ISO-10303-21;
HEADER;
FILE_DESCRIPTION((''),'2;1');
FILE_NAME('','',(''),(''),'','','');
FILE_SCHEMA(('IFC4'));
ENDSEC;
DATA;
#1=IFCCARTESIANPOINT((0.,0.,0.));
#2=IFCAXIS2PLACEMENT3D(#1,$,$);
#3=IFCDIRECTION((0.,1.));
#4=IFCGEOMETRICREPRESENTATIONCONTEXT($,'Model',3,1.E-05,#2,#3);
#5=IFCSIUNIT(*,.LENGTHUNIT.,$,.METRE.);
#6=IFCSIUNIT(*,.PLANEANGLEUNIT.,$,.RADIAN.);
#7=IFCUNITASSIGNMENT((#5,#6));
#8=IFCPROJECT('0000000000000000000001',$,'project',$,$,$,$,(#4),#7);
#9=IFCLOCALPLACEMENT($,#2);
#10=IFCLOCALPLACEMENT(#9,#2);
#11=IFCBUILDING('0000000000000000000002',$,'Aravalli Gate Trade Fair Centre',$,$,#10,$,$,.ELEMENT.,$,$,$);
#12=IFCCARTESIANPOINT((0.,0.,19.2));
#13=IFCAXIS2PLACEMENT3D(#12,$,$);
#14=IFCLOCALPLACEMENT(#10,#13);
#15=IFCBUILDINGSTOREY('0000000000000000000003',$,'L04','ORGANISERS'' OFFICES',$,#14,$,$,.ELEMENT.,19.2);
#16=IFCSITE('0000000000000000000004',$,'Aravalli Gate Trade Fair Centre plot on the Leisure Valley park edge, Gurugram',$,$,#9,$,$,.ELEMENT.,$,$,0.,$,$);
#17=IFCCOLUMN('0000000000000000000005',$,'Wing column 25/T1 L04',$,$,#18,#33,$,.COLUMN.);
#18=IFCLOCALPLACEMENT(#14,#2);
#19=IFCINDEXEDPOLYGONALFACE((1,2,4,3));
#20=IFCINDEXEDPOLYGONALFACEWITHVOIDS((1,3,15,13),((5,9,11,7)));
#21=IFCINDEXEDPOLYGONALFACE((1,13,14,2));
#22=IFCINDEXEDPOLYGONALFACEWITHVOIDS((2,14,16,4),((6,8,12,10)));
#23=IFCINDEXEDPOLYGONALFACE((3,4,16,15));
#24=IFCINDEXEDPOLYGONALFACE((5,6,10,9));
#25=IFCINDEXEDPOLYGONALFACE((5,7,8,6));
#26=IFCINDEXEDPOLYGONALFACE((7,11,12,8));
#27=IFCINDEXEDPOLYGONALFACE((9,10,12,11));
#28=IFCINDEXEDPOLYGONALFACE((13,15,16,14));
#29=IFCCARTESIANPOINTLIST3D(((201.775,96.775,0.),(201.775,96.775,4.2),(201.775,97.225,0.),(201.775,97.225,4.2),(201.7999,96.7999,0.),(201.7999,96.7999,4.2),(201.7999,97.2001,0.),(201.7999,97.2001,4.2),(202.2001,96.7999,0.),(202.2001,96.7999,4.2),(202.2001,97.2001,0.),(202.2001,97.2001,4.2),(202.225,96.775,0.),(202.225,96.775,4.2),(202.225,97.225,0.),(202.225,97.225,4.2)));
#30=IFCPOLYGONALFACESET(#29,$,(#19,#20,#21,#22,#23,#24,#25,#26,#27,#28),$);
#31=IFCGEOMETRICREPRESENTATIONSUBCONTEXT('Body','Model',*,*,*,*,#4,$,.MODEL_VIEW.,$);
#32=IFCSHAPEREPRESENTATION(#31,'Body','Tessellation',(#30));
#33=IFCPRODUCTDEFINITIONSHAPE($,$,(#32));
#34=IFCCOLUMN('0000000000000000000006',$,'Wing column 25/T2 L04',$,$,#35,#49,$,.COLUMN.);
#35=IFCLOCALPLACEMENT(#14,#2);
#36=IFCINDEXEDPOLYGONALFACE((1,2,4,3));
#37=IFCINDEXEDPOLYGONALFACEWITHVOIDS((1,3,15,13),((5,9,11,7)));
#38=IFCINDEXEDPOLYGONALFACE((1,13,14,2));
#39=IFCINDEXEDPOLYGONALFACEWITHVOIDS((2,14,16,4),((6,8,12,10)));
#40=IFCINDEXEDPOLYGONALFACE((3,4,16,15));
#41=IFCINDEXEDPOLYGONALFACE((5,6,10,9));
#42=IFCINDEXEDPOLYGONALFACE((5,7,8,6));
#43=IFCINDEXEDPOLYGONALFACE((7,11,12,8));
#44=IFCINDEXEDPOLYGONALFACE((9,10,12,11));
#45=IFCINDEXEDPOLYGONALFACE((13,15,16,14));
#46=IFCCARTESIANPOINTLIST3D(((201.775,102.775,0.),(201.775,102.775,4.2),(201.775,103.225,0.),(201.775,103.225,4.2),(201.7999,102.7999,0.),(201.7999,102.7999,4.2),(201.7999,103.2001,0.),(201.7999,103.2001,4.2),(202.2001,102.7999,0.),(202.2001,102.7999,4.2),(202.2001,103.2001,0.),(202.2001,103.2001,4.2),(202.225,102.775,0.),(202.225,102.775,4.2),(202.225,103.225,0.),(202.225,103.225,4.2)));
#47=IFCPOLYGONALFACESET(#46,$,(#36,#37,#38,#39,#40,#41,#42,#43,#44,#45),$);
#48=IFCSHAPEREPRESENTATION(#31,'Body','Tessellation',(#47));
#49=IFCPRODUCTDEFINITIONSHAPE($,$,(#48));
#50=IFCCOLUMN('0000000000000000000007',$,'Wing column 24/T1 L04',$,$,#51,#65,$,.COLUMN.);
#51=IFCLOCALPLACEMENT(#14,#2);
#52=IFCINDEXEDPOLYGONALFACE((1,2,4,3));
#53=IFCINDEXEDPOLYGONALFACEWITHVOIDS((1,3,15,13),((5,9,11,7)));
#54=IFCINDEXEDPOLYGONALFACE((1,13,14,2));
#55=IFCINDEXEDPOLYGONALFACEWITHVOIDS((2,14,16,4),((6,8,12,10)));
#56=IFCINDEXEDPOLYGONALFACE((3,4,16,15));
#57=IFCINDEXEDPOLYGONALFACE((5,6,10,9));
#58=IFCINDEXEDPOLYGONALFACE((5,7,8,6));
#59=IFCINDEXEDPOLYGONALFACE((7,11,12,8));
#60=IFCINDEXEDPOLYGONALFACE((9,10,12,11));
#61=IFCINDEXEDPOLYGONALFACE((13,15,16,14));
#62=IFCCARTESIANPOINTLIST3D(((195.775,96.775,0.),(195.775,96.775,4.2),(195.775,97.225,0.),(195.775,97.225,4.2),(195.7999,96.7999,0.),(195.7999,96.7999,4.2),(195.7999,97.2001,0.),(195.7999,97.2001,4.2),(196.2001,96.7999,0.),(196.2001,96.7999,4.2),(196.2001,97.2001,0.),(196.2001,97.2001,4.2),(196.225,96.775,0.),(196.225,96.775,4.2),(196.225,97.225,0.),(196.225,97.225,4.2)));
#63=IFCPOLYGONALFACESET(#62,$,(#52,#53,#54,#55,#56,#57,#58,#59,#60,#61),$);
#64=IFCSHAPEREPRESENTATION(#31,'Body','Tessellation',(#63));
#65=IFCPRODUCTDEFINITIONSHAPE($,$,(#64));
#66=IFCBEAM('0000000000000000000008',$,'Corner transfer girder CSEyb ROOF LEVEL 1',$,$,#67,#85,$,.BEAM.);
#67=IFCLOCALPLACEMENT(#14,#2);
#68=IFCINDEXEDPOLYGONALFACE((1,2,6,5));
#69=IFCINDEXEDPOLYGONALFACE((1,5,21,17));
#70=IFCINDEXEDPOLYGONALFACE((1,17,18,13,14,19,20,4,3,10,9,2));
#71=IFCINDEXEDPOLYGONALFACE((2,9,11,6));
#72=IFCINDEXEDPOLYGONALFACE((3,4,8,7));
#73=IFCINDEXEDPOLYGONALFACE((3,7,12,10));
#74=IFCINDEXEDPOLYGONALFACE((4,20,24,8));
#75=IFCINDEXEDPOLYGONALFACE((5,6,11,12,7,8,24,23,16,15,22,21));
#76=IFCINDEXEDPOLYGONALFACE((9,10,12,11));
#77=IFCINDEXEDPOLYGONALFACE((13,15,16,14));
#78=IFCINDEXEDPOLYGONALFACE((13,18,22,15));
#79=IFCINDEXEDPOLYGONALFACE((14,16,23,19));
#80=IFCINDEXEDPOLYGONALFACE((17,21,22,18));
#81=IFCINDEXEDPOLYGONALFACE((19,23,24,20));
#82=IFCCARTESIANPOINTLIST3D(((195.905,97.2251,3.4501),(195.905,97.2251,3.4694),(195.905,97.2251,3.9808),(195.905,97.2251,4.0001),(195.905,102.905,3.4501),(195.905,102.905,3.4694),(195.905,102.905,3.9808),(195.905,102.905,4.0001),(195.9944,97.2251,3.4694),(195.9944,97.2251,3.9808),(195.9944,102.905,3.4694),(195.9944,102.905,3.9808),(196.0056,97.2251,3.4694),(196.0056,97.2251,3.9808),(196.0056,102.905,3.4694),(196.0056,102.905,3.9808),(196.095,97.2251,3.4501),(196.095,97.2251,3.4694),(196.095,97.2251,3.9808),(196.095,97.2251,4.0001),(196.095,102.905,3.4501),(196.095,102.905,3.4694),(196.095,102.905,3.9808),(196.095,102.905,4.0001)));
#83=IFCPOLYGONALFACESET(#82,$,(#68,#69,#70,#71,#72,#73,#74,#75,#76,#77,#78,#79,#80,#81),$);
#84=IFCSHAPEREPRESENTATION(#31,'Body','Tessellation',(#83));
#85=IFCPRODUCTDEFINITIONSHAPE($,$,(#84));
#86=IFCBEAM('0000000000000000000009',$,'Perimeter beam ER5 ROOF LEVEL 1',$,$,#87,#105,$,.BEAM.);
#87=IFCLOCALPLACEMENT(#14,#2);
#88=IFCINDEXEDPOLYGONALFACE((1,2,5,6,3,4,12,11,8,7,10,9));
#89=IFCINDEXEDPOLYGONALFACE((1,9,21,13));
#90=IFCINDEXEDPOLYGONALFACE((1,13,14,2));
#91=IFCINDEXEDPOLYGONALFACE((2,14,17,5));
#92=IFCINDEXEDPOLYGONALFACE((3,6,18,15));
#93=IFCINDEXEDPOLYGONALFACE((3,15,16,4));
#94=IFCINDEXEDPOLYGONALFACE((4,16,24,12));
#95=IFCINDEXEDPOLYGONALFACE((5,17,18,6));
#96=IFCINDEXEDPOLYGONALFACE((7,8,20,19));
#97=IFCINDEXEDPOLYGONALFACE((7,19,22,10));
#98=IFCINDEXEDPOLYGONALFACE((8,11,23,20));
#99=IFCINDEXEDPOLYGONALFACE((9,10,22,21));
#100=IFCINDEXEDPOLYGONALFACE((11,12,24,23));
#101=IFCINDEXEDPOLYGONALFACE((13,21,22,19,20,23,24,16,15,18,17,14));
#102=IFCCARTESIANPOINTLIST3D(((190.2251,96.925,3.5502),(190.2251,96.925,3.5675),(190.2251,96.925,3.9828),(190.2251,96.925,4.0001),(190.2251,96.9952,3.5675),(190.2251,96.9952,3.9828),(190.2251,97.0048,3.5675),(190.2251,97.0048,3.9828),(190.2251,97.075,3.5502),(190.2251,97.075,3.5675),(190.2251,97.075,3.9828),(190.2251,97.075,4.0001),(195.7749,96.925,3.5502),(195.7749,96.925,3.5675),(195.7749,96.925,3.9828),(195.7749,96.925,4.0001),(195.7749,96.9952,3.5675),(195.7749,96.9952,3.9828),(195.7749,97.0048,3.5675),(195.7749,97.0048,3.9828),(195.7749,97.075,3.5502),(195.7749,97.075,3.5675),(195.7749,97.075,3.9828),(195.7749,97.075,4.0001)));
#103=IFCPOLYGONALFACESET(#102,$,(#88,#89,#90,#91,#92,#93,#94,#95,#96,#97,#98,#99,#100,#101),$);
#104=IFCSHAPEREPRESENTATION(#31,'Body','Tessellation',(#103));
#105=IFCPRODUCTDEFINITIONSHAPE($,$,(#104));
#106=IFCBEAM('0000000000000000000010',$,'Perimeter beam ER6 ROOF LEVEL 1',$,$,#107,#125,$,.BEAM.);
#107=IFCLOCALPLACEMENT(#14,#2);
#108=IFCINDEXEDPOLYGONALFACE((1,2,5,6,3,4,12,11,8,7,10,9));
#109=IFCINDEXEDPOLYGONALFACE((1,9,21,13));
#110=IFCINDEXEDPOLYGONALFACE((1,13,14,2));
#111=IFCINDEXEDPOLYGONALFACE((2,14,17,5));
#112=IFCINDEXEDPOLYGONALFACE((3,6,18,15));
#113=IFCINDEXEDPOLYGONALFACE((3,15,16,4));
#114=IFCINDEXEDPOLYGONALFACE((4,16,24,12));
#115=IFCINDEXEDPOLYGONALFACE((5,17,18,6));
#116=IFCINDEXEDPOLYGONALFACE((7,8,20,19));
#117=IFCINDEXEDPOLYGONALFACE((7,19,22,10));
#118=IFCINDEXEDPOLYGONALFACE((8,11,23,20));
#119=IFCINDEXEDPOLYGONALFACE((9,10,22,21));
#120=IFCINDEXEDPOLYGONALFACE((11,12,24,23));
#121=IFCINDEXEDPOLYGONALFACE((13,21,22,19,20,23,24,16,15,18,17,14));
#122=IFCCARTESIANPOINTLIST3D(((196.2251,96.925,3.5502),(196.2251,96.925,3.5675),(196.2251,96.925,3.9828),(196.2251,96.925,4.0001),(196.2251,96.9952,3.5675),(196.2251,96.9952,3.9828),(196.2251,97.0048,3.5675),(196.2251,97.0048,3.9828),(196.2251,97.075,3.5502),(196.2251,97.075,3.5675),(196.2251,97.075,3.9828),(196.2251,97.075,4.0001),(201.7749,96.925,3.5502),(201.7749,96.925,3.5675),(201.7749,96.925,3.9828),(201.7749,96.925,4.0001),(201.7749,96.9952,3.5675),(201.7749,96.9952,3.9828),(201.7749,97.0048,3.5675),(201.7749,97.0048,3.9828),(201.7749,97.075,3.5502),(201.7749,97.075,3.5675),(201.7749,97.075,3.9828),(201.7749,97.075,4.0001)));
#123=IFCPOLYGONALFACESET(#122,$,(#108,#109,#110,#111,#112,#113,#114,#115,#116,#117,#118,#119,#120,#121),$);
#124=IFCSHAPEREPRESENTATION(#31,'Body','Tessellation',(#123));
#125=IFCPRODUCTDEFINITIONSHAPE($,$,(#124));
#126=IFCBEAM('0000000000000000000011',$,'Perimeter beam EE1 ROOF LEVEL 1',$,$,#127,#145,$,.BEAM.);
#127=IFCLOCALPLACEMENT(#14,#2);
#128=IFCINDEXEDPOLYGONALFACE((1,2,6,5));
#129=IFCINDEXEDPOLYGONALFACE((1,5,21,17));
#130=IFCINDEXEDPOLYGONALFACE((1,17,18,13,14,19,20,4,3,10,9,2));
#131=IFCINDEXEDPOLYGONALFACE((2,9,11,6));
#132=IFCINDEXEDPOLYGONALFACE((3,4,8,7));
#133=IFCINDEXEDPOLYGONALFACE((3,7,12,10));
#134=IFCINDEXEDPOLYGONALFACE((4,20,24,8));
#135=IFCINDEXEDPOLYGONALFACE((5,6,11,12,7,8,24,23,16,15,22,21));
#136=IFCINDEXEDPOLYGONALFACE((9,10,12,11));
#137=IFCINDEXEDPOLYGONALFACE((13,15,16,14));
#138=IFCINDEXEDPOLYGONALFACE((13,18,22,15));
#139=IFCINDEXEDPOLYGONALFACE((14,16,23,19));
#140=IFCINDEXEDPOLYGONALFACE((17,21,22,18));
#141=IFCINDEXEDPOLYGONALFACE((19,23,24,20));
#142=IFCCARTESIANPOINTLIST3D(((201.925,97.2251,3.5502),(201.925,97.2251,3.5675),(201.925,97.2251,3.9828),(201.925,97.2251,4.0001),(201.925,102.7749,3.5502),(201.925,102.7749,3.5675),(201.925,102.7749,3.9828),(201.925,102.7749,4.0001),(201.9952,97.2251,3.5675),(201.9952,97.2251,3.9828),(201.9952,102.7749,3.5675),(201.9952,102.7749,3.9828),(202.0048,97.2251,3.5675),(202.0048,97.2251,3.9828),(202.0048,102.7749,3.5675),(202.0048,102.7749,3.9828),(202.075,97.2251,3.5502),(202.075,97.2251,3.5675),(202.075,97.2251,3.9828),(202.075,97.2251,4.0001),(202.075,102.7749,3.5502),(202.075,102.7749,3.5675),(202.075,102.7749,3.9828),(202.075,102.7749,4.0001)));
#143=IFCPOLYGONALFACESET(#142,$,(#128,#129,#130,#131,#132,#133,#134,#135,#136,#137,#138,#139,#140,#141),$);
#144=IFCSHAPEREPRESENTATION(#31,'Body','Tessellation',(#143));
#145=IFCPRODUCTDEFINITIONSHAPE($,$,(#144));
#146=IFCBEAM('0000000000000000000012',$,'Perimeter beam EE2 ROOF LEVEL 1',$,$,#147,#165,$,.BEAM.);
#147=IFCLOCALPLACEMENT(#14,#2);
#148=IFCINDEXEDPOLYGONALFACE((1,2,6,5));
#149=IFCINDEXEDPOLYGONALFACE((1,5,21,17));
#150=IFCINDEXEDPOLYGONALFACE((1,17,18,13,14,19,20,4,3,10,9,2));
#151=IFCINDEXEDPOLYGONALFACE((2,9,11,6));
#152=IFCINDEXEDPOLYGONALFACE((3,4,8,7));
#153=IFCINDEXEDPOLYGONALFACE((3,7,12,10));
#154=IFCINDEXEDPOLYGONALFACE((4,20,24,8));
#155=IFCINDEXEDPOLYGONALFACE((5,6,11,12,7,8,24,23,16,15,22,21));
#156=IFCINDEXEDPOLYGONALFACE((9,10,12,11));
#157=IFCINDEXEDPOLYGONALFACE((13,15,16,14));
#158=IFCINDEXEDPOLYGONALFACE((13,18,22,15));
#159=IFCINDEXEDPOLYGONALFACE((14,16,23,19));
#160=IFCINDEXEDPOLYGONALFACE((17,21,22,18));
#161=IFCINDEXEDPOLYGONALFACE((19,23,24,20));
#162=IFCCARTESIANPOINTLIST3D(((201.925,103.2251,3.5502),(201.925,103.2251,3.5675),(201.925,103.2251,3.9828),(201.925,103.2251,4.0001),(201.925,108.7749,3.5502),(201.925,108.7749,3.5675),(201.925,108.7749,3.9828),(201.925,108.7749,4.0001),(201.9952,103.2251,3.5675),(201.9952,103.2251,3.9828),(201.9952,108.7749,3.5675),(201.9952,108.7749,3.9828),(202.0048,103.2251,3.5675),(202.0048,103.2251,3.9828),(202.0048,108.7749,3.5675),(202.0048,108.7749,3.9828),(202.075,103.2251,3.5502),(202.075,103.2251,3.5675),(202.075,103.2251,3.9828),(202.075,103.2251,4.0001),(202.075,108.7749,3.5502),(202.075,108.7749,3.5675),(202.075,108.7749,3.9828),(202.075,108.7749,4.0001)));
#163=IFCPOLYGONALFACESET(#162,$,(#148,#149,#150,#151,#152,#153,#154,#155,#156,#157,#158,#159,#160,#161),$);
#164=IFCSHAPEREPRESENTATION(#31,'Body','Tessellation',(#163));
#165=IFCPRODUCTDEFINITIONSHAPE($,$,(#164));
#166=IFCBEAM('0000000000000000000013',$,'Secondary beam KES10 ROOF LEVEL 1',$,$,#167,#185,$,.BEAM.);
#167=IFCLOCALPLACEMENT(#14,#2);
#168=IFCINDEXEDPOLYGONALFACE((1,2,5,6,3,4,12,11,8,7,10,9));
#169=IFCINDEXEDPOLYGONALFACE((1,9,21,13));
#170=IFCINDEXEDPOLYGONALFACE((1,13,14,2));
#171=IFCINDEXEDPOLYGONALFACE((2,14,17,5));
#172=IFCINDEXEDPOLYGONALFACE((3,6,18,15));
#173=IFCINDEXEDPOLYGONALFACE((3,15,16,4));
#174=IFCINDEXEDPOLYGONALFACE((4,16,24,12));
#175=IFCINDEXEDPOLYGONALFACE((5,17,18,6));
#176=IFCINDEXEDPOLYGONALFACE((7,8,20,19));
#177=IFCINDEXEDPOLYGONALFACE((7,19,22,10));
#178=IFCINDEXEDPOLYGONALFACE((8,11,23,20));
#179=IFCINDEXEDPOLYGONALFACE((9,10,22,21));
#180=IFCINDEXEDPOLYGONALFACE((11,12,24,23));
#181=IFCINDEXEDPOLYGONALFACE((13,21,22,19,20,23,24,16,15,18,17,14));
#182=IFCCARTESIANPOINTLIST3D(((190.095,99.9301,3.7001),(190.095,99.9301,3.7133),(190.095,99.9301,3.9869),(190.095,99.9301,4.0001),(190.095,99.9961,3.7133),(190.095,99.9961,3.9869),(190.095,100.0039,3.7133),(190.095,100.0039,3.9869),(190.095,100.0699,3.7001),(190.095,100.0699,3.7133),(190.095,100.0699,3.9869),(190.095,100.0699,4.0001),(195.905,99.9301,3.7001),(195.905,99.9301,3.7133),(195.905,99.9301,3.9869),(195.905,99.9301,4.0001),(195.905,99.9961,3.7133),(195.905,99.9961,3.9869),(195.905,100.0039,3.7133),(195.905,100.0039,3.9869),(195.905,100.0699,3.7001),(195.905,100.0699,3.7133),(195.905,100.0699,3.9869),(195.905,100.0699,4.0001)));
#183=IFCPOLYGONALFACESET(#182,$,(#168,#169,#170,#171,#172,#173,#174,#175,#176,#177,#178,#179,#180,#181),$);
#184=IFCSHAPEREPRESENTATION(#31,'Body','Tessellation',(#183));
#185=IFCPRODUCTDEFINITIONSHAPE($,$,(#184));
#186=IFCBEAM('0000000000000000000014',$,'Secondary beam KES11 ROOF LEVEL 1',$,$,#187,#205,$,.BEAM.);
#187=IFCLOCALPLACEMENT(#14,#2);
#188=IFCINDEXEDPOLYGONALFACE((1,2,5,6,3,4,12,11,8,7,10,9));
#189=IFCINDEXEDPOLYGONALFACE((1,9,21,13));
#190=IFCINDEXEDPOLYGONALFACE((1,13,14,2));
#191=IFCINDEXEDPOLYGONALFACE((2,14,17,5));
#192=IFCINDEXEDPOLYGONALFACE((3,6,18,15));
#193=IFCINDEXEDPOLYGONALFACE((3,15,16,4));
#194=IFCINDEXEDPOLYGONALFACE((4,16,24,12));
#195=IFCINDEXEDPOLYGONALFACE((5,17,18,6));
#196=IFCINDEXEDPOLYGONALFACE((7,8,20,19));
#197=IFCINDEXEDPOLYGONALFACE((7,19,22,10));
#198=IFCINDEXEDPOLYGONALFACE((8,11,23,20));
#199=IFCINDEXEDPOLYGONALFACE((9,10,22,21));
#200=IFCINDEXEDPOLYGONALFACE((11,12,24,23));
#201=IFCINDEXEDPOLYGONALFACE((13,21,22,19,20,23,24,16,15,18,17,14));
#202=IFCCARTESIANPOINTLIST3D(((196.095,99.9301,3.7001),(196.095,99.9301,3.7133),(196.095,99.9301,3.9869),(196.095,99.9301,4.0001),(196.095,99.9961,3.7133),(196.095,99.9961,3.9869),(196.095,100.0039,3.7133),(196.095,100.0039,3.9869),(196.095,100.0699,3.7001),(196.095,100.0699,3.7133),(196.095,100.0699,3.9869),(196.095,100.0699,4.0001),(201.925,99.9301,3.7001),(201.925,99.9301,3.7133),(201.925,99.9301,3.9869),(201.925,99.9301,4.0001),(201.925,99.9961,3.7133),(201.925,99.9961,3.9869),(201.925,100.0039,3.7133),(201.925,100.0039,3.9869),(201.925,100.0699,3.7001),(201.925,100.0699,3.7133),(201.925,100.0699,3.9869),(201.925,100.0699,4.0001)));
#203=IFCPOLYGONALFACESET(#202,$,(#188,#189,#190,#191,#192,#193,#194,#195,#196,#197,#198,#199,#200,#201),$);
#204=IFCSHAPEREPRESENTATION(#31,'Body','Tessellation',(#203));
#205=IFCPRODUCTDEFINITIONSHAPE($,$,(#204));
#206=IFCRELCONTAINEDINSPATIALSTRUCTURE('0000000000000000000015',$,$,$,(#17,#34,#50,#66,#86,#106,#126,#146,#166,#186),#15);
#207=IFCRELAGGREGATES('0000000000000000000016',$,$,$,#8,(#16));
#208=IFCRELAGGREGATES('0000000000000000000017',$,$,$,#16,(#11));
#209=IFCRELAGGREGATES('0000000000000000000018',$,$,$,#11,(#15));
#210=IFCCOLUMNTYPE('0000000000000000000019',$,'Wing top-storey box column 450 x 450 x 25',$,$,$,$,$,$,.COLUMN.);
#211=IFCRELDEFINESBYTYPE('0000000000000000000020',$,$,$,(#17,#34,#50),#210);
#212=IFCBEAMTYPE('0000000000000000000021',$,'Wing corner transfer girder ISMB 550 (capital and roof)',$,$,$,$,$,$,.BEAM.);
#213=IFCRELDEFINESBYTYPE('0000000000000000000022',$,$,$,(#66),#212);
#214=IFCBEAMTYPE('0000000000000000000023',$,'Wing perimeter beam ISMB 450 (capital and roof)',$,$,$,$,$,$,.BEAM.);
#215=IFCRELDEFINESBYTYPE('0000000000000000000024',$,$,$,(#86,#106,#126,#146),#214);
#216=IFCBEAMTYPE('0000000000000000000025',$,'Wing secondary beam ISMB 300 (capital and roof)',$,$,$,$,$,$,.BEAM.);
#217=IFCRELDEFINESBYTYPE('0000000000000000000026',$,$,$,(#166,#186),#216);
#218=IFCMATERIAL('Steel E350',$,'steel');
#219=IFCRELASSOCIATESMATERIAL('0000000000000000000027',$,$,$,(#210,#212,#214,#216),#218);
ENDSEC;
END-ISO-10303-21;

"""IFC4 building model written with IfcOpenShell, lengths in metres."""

from ifc_helpers import new_model, si_unit, direction, frame, origin, origin_2d, place, context, subcontext, project, spatial, hollow_rectangle, i_section, extrude, material, material_profile, profile_set, type_object, element, save


model = new_model("IFC4")

# Units and contexts
model_context = context("Model", 3, precision=1e-05, world=origin(), true_north=direction((0.0, 1.0)))
body_context = subcontext(model_context, "Body", "Model", "MODEL_VIEW")
ifc_project = project(units=[si_unit("LENGTHUNIT", "METRE"), si_unit("PLANEANGLEUNIT", "RADIAN")], contexts=[model_context])

# Site, building, storey
site_placement = place(None, origin())
site = spatial("IfcSite", under=ifc_project, at=site_placement, Name="Aravalli Gate Trade Fair Centre plot on the Leisure Valley park edge, Gurugram", CompositionType="ELEMENT", RefElevation=0.0)
building_placement = place(site_placement, origin())
building = spatial("IfcBuilding", under=site, at=building_placement, Name="Aravalli Gate Trade Fair Centre", CompositionType="ELEMENT")
storey_placement = place(building_placement, frame((0.0, 0.0, 19.2)))
storey = spatial("IfcBuildingStorey", under=building, at=storey_placement, Name="L04", Description="ORGANISERS' OFFICES", CompositionType="ELEMENT", Elevation=19.2)

# Columns
ifc_material_1 = material(Name="Steel E350", Category="steel")
ifc_material_profile_1 = material_profile(ifc_material_1, hollow_rectangle(XDim=0.45, YDim=0.45, WallThickness=0.0249, at=origin_2d()), Name="BOX 450x450x25")
ifc_profile_set_1 = profile_set([ifc_material_profile_1], Name="Steel E350")
column_type = type_object("IfcColumnType", Name="Wing top-storey box column 450 x 450 x 25", PredefinedType="COLUMN", material=ifc_profile_set_1)
for number, where, z_axis, x_axis, name in (
    (1, (202.0, 97.0, 0.0), (0.0, 0.0, 1.0), (1.0, 0.0, 0.0), "Wing column 25/T1 L04"),
    (2, (202.0, 103.0, 0.0), (0.0, 0.0, 1.0), (1.0, 0.0, 0.0), "Wing column 25/T2 L04"),
    (3, (196.0, 97.0, 0.0), (0.0, 0.0, 1.0), (1.0, 0.0, 0.0), "Wing column 24/T1 L04"),
):
    element("IfcColumn", number, at=place(storey_placement, frame(where, z_axis=z_axis, x_axis=x_axis)), inside=storey, type_object=column_type, Name=name, PredefinedType="COLUMN", context=body_context, shape_type="SweptSolid", body=[
        extrude(hollow_rectangle(XDim=0.45, YDim=0.45, WallThickness=0.0249, at=origin_2d()), origin(), (0.0, 0.0, 1.0), 4.2),
    ])

# Beams
ifc_material_profile_2 = material_profile(ifc_material_1, i_section(OverallWidth=0.1899, OverallDepth=0.55, WebThickness=0.0112, FlangeThickness=0.0193, at=origin_2d()), Name="ISMB 550")
ifc_profile_set_2 = profile_set([ifc_material_profile_2], Name="Steel E350")
beam_type_1 = type_object("IfcBeamType", Name="Wing corner transfer girder ISMB 550 (capital and roof)", PredefinedType="BEAM", material=ifc_profile_set_2)
beam_1_placement = place(storey_placement, frame((196.0, 97.2251, 3.7251), z_axis=(0.0, 1.0, 0.0), x_axis=(-1.0, 0.0, 0.0)))
element("IfcBeam", 4, at=beam_1_placement, inside=storey, type_object=beam_type_1, Name="Corner transfer girder CSEyb ROOF LEVEL 1", PredefinedType="BEAM", context=body_context, shape_type="SweptSolid", body=[
    extrude(i_section(OverallWidth=0.1899, OverallDepth=0.55, WebThickness=0.0112, FlangeThickness=0.0193, at=origin_2d()), origin(), (0.0, 0.0, 1.0), 5.6799),
])
ifc_material_profile_3 = material_profile(ifc_material_1, i_section(OverallWidth=0.1499, OverallDepth=0.45, WebThickness=0.0095, FlangeThickness=0.0173, at=origin_2d()), Name="ISMB 450")
ifc_profile_set_3 = profile_set([ifc_material_profile_3], Name="Steel E350")
beam_type_2 = type_object("IfcBeamType", Name="Wing perimeter beam ISMB 450 (capital and roof)", PredefinedType="BEAM", material=ifc_profile_set_3)
for number, where, z_axis, x_axis, name in (
    (5, (190.2251, 97.0, 3.7751), (1.0, 0.0, 0.0), (0.0, 1.0, 0.0), "Perimeter beam ER5 ROOF LEVEL 1"),
    (6, (196.2251, 97.0, 3.7751), (1.0, 0.0, 0.0), (0.0, 1.0, 0.0), "Perimeter beam ER6 ROOF LEVEL 1"),
    (7, (202.0, 97.2251, 3.7751), (0.0, 1.0, 0.0), (-1.0, 0.0, 0.0), "Perimeter beam EE1 ROOF LEVEL 1"),
    (8, (202.0, 103.2251, 3.7751), (0.0, 1.0, 0.0), (-1.0, 0.0, 0.0), "Perimeter beam EE2 ROOF LEVEL 1"),
):
    element("IfcBeam", number, at=place(storey_placement, frame(where, z_axis=z_axis, x_axis=x_axis)), inside=storey, type_object=beam_type_2, Name=name, PredefinedType="BEAM", context=body_context, shape_type="SweptSolid", body=[
        extrude(i_section(OverallWidth=0.1499, OverallDepth=0.45, WebThickness=0.0095, FlangeThickness=0.0173, at=origin_2d()), origin(), (0.0, 0.0, 1.0), 5.5498),
    ])
ifc_material_profile_4 = material_profile(ifc_material_1, i_section(OverallWidth=0.1399, OverallDepth=0.3, WebThickness=0.0078, FlangeThickness=0.0132, at=origin_2d()), Name="ISMB 300")
ifc_profile_set_4 = profile_set([ifc_material_profile_4], Name="Steel E350")
beam_type_3 = type_object("IfcBeamType", Name="Wing secondary beam ISMB 300 (capital and roof)", PredefinedType="BEAM", material=ifc_profile_set_4)
beam_2_placement = place(storey_placement, frame((190.095, 100.0, 3.8501), z_axis=(1.0, 0.0, 0.0), x_axis=(0.0, 1.0, 0.0)))
element("IfcBeam", 9, at=beam_2_placement, inside=storey, type_object=beam_type_3, Name="Secondary beam KES10 ROOF LEVEL 1", PredefinedType="BEAM", context=body_context, shape_type="SweptSolid", body=[
    extrude(i_section(OverallWidth=0.1399, OverallDepth=0.3, WebThickness=0.0078, FlangeThickness=0.0132, at=origin_2d()), origin(), (0.0, 0.0, 1.0), 5.8101),
])
beam_3_placement = place(storey_placement, frame((196.095, 100.0, 3.8501), z_axis=(1.0, 0.0, 0.0), x_axis=(0.0, 1.0, 0.0)))
element("IfcBeam", 10, at=beam_3_placement, inside=storey, type_object=beam_type_3, Name="Secondary beam KES11 ROOF LEVEL 1", PredefinedType="BEAM", context=body_context, shape_type="SweptSolid", body=[
    extrude(i_section(OverallWidth=0.1399, OverallDepth=0.3, WebThickness=0.0078, FlangeThickness=0.0132, at=origin_2d()), origin(), (0.0, 0.0, 1.0), 5.8301),
])

save(model, "model.ifc")
